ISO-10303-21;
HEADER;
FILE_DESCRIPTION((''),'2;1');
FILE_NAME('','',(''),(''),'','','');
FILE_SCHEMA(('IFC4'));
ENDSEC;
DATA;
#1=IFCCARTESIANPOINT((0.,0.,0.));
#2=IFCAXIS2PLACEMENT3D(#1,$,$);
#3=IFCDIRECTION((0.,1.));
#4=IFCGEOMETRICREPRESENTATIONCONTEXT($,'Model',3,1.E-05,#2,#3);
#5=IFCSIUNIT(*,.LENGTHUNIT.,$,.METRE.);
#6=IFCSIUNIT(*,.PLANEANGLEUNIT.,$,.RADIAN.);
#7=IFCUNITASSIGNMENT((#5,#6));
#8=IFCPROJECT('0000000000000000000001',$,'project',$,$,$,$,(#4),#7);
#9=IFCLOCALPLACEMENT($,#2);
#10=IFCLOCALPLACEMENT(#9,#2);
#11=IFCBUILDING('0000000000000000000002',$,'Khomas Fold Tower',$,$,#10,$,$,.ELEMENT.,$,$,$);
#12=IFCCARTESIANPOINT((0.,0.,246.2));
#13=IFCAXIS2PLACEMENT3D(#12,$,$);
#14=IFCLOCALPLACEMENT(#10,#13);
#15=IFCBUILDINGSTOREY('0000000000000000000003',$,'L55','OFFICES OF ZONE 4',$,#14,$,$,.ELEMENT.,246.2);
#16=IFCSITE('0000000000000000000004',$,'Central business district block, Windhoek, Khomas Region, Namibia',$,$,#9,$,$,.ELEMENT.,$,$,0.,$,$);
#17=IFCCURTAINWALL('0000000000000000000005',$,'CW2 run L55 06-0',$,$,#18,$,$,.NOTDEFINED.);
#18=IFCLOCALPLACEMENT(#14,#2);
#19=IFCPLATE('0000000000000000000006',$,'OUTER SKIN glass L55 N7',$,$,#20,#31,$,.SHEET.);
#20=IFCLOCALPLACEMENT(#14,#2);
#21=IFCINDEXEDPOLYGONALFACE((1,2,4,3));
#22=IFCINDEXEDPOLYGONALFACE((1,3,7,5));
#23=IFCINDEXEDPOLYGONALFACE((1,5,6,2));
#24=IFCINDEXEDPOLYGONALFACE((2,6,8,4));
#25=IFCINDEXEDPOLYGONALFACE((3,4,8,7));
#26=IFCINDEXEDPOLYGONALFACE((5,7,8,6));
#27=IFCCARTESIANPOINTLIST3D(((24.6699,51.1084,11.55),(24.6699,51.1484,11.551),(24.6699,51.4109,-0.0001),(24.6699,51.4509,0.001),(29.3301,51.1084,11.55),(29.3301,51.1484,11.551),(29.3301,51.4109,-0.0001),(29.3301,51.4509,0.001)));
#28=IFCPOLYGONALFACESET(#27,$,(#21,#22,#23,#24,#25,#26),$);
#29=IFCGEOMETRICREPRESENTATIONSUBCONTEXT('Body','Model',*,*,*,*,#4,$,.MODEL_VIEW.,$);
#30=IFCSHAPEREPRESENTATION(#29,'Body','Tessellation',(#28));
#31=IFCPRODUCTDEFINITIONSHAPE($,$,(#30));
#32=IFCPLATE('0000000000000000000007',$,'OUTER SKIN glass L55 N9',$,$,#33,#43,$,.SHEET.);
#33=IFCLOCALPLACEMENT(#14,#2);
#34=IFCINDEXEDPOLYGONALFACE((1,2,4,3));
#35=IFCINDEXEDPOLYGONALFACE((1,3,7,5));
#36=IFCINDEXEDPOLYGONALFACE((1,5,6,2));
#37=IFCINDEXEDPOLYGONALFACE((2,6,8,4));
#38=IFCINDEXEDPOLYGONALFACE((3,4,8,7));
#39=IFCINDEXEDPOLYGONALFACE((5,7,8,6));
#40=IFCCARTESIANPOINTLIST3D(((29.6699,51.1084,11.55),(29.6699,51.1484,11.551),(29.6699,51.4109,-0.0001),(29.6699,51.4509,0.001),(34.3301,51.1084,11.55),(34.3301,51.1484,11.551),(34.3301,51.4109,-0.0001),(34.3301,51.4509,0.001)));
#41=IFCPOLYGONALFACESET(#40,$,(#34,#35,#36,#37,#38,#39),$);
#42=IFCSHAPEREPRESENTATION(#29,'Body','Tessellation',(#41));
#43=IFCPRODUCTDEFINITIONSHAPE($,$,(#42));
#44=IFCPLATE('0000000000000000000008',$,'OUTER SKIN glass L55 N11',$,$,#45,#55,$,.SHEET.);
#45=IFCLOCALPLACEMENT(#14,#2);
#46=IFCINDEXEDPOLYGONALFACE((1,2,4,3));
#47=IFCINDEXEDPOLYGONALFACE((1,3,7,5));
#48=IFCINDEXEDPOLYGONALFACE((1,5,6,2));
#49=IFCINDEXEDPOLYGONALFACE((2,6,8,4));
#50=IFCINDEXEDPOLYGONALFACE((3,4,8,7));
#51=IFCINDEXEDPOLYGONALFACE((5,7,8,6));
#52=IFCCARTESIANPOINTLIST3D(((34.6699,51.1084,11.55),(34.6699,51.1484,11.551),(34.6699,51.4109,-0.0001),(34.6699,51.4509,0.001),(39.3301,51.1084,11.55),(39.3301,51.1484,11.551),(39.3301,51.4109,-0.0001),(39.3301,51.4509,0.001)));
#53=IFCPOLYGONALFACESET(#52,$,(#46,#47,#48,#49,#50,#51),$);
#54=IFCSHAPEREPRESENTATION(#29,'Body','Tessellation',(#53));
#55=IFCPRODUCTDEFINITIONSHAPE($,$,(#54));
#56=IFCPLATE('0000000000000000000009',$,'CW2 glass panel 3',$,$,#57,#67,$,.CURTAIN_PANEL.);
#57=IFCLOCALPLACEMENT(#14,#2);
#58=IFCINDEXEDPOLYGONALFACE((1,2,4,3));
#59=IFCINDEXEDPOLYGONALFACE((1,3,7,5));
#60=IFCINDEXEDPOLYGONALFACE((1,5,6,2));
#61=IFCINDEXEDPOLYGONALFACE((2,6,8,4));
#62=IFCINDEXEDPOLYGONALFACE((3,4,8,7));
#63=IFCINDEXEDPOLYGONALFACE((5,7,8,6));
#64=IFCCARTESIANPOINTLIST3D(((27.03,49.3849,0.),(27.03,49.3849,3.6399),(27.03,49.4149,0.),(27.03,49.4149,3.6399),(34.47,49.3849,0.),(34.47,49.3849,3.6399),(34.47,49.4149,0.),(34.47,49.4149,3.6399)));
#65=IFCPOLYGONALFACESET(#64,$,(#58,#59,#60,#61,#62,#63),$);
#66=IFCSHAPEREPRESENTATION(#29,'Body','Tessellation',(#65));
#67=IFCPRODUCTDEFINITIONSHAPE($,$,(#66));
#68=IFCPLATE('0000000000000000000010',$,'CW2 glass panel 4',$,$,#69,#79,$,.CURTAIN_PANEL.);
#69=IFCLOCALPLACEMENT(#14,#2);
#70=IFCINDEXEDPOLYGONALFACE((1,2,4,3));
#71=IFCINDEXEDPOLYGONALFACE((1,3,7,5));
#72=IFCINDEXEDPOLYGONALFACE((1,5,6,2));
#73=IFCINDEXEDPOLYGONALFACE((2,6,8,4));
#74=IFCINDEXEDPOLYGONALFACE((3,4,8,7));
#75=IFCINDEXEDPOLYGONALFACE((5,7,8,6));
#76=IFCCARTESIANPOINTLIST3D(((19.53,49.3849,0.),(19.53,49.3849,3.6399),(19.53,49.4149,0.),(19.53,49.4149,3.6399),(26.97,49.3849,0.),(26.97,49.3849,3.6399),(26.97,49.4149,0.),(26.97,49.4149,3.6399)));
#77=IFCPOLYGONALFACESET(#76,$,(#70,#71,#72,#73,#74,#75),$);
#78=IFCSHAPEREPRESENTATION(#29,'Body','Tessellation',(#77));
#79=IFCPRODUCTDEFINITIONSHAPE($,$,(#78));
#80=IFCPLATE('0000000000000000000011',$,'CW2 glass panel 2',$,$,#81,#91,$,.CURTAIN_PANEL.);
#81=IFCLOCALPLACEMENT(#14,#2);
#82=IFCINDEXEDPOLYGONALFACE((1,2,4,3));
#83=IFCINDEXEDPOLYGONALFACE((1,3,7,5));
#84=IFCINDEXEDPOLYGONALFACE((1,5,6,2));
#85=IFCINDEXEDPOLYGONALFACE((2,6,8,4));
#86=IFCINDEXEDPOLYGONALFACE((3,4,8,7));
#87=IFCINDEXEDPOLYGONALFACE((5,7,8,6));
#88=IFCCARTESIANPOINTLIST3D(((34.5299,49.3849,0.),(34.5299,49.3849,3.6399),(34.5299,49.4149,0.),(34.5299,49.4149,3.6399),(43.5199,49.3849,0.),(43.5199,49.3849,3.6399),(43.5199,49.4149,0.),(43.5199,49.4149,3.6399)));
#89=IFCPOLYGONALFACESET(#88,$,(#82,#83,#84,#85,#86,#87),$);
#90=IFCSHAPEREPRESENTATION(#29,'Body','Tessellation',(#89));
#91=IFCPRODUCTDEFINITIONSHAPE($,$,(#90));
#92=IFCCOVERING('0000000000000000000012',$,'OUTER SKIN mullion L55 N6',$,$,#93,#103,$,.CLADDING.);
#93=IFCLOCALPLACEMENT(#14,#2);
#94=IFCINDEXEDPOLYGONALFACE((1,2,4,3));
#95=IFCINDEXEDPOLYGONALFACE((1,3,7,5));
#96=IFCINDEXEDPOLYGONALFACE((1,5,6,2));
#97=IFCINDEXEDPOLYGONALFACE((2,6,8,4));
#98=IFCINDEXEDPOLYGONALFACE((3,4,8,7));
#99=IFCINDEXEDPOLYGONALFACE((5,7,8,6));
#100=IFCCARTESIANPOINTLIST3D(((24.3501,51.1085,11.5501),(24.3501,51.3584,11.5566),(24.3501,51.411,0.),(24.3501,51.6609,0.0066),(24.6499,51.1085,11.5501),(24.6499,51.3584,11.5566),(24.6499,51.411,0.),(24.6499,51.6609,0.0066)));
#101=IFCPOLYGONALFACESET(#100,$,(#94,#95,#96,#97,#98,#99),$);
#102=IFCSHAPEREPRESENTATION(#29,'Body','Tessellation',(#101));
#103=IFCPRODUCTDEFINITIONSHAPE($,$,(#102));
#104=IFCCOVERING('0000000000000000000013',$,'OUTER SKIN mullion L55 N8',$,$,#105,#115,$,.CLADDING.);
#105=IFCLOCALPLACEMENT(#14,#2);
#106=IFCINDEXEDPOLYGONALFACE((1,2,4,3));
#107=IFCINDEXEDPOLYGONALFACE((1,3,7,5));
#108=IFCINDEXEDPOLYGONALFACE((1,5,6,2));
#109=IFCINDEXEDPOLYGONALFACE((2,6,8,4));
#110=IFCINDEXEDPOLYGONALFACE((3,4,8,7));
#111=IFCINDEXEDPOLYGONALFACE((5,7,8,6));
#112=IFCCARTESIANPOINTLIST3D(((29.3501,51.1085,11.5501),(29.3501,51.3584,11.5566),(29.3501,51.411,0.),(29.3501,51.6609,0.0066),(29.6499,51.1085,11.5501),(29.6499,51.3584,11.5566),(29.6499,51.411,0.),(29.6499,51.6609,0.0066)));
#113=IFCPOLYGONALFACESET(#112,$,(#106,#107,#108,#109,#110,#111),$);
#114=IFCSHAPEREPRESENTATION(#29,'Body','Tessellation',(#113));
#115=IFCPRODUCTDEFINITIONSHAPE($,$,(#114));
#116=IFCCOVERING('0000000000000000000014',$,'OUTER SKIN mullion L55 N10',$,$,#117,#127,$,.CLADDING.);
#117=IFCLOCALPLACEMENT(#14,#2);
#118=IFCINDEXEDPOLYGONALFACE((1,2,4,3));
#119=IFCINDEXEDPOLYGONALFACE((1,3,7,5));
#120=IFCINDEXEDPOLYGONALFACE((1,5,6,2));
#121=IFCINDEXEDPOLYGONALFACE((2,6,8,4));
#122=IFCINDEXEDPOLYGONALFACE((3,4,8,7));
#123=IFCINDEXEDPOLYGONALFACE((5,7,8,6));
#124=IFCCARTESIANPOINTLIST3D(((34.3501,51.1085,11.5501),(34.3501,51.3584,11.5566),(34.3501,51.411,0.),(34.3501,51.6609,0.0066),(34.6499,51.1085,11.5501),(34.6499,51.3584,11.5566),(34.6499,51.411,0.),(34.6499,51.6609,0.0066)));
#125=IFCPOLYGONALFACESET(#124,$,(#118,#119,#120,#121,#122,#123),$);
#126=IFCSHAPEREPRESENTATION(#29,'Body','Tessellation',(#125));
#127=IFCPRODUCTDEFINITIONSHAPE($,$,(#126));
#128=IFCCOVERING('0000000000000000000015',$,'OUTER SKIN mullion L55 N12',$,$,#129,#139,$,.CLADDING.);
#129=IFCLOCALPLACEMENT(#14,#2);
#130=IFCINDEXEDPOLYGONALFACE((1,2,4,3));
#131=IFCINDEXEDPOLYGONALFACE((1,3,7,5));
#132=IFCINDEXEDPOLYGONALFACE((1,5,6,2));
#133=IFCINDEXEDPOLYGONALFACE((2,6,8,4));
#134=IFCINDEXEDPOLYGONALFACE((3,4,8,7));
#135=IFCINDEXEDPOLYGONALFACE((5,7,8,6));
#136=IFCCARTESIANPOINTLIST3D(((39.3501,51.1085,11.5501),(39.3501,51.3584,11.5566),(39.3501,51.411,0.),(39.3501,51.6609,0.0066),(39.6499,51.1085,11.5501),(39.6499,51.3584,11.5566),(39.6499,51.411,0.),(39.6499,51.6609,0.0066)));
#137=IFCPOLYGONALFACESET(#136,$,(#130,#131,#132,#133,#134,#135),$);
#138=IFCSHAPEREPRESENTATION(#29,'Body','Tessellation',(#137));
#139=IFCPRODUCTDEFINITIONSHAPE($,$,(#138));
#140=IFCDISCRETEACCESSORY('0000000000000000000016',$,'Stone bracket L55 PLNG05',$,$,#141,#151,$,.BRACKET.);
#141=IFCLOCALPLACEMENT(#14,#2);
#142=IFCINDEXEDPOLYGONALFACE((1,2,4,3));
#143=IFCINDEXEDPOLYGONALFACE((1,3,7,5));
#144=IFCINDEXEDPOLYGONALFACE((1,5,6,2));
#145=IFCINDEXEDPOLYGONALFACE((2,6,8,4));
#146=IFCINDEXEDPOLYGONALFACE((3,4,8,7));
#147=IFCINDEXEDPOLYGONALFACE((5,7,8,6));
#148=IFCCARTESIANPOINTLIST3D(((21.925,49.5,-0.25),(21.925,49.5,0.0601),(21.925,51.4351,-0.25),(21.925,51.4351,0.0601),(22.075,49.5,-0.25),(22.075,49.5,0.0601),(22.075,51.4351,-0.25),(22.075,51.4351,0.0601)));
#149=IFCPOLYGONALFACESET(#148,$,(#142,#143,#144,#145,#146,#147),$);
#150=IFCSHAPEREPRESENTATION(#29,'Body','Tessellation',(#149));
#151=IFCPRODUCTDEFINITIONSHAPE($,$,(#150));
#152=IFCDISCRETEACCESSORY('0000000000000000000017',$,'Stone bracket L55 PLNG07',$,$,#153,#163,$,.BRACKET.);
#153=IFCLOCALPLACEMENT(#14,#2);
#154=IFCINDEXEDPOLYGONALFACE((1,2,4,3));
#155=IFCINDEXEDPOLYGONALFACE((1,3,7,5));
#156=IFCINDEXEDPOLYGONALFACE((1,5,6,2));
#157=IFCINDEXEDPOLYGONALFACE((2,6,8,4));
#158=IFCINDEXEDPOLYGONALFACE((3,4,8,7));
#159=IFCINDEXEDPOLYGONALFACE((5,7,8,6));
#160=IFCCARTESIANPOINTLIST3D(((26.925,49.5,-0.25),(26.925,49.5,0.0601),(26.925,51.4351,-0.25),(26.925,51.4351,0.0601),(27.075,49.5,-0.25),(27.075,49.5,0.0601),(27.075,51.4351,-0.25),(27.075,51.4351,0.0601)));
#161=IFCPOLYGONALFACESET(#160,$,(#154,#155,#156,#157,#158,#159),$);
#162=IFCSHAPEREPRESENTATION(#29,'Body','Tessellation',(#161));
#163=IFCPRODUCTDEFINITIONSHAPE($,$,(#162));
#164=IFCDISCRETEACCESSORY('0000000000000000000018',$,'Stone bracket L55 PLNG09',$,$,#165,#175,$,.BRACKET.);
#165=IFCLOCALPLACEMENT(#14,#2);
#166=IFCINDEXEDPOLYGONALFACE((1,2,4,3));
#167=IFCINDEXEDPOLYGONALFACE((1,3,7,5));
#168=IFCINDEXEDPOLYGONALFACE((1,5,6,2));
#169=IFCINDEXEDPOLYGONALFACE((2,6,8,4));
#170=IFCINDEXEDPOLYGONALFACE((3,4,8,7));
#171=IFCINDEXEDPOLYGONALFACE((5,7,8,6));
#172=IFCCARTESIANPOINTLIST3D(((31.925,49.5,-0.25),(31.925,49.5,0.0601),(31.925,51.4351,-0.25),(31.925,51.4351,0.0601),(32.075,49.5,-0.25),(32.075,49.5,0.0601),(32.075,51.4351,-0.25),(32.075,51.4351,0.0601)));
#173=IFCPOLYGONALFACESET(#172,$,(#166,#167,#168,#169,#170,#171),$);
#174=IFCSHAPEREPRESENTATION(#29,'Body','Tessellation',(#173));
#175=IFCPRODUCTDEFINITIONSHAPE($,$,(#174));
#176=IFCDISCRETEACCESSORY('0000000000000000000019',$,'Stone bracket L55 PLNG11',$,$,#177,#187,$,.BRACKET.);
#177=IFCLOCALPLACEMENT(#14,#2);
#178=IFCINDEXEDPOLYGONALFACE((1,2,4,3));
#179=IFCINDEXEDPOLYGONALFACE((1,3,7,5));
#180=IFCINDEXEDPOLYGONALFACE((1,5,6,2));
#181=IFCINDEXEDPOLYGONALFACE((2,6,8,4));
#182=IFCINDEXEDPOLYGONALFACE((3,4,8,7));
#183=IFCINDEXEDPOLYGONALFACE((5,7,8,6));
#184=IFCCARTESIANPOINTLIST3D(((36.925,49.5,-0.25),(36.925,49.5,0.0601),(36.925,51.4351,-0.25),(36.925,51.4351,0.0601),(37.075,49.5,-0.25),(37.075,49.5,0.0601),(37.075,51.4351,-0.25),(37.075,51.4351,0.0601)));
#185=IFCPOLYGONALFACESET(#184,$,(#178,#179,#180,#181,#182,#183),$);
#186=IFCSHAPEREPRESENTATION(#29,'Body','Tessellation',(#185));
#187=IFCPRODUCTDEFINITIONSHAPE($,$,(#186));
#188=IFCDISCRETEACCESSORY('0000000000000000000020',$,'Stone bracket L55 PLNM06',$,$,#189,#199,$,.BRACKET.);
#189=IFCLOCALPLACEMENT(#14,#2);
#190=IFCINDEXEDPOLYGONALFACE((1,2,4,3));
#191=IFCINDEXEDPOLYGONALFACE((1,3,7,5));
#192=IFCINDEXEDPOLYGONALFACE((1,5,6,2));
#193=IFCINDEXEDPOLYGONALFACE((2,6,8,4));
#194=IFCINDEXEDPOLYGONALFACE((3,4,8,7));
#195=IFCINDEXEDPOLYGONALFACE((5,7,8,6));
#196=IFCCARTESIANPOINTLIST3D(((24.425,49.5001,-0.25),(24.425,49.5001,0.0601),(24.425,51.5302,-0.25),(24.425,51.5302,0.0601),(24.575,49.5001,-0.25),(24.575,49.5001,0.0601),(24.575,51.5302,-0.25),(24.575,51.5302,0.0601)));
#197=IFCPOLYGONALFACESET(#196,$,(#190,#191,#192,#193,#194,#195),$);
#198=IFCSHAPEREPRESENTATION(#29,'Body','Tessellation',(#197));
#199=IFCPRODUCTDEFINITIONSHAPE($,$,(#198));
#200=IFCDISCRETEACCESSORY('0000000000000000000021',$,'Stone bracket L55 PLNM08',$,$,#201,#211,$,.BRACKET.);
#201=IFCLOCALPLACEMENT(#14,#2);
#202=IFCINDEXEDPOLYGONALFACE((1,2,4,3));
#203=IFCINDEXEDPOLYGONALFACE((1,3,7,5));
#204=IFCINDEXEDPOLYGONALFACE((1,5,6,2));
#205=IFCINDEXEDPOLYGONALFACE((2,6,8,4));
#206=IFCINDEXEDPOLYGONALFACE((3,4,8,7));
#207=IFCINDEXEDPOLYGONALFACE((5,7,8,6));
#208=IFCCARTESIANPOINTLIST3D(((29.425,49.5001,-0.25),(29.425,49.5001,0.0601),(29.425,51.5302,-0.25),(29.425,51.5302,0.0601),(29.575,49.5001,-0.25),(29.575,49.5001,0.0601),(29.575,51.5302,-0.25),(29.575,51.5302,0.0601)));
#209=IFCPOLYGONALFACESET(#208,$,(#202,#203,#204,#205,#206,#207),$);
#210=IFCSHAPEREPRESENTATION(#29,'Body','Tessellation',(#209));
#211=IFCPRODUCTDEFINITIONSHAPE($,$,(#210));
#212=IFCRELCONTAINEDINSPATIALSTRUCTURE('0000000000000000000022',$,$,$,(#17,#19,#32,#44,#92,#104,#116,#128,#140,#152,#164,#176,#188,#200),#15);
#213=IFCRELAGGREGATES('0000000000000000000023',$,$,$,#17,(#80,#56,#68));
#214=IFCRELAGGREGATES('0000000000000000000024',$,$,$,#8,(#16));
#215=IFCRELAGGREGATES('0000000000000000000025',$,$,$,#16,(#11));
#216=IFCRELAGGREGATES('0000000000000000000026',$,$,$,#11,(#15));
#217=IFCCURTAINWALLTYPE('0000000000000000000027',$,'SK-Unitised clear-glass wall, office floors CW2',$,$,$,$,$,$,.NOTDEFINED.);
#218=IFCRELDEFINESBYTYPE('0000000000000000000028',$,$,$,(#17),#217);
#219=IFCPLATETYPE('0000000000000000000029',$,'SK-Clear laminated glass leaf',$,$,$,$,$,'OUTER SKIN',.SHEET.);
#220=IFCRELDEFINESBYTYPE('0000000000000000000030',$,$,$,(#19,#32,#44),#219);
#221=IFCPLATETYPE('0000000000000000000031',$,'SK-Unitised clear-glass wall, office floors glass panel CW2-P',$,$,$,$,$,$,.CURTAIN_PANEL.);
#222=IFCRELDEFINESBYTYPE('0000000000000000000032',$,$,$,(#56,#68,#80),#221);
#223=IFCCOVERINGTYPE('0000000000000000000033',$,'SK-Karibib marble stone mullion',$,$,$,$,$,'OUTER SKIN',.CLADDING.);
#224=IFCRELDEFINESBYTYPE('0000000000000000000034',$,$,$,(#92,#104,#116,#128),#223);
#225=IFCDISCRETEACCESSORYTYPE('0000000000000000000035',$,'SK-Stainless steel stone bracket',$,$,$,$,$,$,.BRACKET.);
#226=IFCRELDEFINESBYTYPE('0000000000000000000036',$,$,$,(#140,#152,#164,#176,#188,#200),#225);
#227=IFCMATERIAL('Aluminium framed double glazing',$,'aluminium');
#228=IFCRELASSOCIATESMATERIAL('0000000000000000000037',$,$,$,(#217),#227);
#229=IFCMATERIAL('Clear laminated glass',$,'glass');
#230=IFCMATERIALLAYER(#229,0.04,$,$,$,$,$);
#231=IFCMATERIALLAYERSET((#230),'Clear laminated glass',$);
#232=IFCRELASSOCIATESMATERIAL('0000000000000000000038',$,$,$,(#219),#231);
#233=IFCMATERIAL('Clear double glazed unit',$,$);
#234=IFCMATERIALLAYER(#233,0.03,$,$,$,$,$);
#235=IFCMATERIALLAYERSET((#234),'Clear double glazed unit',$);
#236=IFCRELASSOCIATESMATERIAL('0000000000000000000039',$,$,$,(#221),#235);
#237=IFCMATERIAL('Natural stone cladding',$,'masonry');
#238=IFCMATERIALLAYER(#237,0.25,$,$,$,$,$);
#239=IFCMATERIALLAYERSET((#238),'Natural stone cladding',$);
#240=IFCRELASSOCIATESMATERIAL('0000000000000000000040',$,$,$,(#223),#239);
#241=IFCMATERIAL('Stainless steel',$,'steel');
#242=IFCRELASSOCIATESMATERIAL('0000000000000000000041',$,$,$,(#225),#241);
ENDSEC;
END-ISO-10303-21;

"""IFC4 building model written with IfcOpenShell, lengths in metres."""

from ifc_helpers import new_model, si_unit, direction, frame, origin, origin_2d, place, context, subcontext, project, spatial, polyline, rectangle, outline, extrude, source, transform, mapped, material, layer, layer_set, type_object, element, aggregate, save


model = new_model("IFC4")

# Units and contexts
model_context = context("Model", 3, precision=1e-05, world=origin(), true_north=direction((0.0, 1.0)))
body_context = subcontext(model_context, "Body", "Model", "MODEL_VIEW")
ifc_project = project(units=[si_unit("LENGTHUNIT", "METRE"), si_unit("PLANEANGLEUNIT", "RADIAN")], contexts=[model_context])

# Site, building, storey
site_placement = place(None, origin())
site = spatial("IfcSite", under=ifc_project, at=site_placement, Name="Central business district block, Windhoek, Khomas Region, Namibia", CompositionType="ELEMENT", RefElevation=0.0)
building_placement = place(site_placement, origin())
building = spatial("IfcBuilding", under=site, at=building_placement, Name="Khomas Fold Tower", CompositionType="ELEMENT")
storey_placement = place(building_placement, frame((0.0, 0.0, 246.2)))
storey = spatial("IfcBuildingStorey", under=building, at=storey_placement, Name="L55", Description="OFFICES OF ZONE 4", CompositionType="ELEMENT", Elevation=246.2)

# Curtain wall
ifc_material_1 = material(Name="Aluminium framed double glazing", Category="aluminium")
curtain_wall_type = type_object("IfcCurtainWallType", Name="SK-Unitised clear-glass wall, office floors CW2", PredefinedType="NOTDEFINED", material=ifc_material_1)
curtain_wall_placement = place(storey_placement, origin())
curtain_wall = element("IfcCurtainWall", 1, at=curtain_wall_placement, inside=storey, type_object=curtain_wall_type, Name="CW2 run L55 06-0", PredefinedType="NOTDEFINED")

# Plates
ifc_material_2 = material(Name="Clear laminated glass", Category="glass")
ifc_layer_1 = layer(ifc_material_2, 0.04)
ifc_layer_set_1 = layer_set([ifc_layer_1], Name="Clear laminated glass")
plate_type_1 = type_object("IfcPlateType", Name="SK-Clear laminated glass leaf", ElementType="OUTER SKIN", PredefinedType="SHEET", material=ifc_layer_set_1)
for number, where, z_axis, x_axis, name in (
    (2, (24.6699, 51.4509, 0.001), (0.0, 0.999657, 0.026181), (1.0, 0.0, 0.0), "OUTER SKIN glass L55 N7"),
    (3, (29.6699, 51.4509, 0.001), (0.0, 0.999657, 0.026181), (1.0, 0.0, 0.0), "OUTER SKIN glass L55 N9"),
    (4, (34.6699, 51.4509, 0.001), (0.0, 0.999657, 0.026181), (1.0, 0.0, 0.0), "OUTER SKIN glass L55 N11"),
):
    element("IfcPlate", number, at=place(storey_placement, frame(where, z_axis=z_axis, x_axis=x_axis)), inside=storey, type_object=plate_type_1, Name=name, PredefinedType="SHEET", context=body_context, shape_type="SweptSolid", body=[
        extrude(outline(polyline([(0.0, 0.0), (4.6602, 0.0), (4.6602, -11.554), (0.0, -11.554), (0.0, 0.0)])), origin(), (0.0, 0.0, -1.0), 0.04),
    ])

# Plates
ifc_material_3 = material(Name="Clear double glazed unit")
ifc_layer_2 = layer(ifc_material_3, 0.03)
ifc_layer_set_2 = layer_set([ifc_layer_2], Name="Clear double glazed unit")
plate_type_2 = type_object("IfcPlateType", Name="SK-Unitised clear-glass wall, office floors glass panel CW2-P", PredefinedType="CURTAIN_PANEL", material=ifc_layer_set_2)
shared_shape_1 = source(origin(), body_context, "Body", "SweptSolid", [
    extrude(rectangle(XDim=7.4399, YDim=0.03, at=origin_2d()), origin(), (0.0, 0.0, 1.0), 3.6399),
])
plate_1_placement = place(storey_placement, frame((30.75, 49.3999, 0.0), z_axis=(0.0, 0.0, 1.0), x_axis=(-1.0, 0.0, 0.0)))
plate_1 = element("IfcPlate", 5, at=plate_1_placement, type_object=plate_type_2, Name="CW2 glass panel 3", PredefinedType="CURTAIN_PANEL", context=body_context, shape_type="MappedRepresentation", body=[
    mapped(shared_shape_1, transform((0.0, 0.0, 0.0))),
])
plate_2_placement = place(storey_placement, frame((23.25, 49.3999, 0.0), z_axis=(0.0, 0.0, 1.0), x_axis=(-1.0, 0.0, 0.0)))
plate_2 = element("IfcPlate", 6, at=plate_2_placement, type_object=plate_type_2, Name="CW2 glass panel 4", PredefinedType="CURTAIN_PANEL", context=body_context, shape_type="MappedRepresentation", body=[
    mapped(shared_shape_1, transform((0.0, 0.0, 0.0))),
])
shared_shape_2 = source(origin(), body_context, "Body", "SweptSolid", [
    extrude(rectangle(XDim=8.99, YDim=0.03, at=origin_2d()), origin(), (0.0, 0.0, 1.0), 3.6399),
])
plate_3_placement = place(storey_placement, frame((39.0249, 49.3999, 0.0), z_axis=(0.0, 0.0, 1.0), x_axis=(-1.0, 0.0, 0.0)))
plate_3 = element("IfcPlate", 7, at=plate_3_placement, type_object=plate_type_2, Name="CW2 glass panel 2", PredefinedType="CURTAIN_PANEL", context=body_context, shape_type="MappedRepresentation", body=[
    mapped(shared_shape_2, transform((0.0, 0.0, 0.0))),
])
aggregate(curtain_wall, [plate_3, plate_1, plate_2])

# Coverings
ifc_material_4 = material(Name="Natural stone cladding", Category="masonry")
ifc_layer_3 = layer(ifc_material_4, 0.25)
ifc_layer_set_3 = layer_set([ifc_layer_3], Name="Natural stone cladding")
covering_type = type_object("IfcCoveringType", Name="SK-Karibib marble stone mullion", ElementType="OUTER SKIN", PredefinedType="CLADDING", material=ifc_layer_set_3)
for number, where, z_axis, x_axis, name in (
    (8, (24.3501, 51.6609, 0.0066), (0.0, 0.999657, 0.026181), (1.0, 0.0, 0.0), "OUTER SKIN mullion L55 N6"),
    (9, (29.3501, 51.6609, 0.0066), (0.0, 0.999657, 0.026181), (1.0, 0.0, 0.0), "OUTER SKIN mullion L55 N8"),
    (10, (34.3501, 51.6609, 0.0066), (0.0, 0.999657, 0.026181), (1.0, 0.0, 0.0), "OUTER SKIN mullion L55 N10"),
    (11, (39.3501, 51.6609, 0.0066), (0.0, 0.999657, 0.026181), (1.0, 0.0, 0.0), "OUTER SKIN mullion L55 N12"),
):
    element("IfcCovering", number, at=place(storey_placement, frame(where, z_axis=z_axis, x_axis=x_axis)), inside=storey, type_object=covering_type, Name=name, PredefinedType="CLADDING", context=body_context, shape_type="SweptSolid", body=[
        extrude(outline(polyline([(0.0, 0.0), (0.2998, 0.0), (0.2998, -11.554), (0.0, -11.554), (0.0, 0.0)])), origin(), (0.0, 0.0, -1.0), 0.25),
    ])

# Discrete accessories
ifc_material_5 = material(Name="Stainless steel", Category="steel")
discrete_accessory_type = type_object("IfcDiscreteAccessoryType", Name="SK-Stainless steel stone bracket", PredefinedType="BRACKET", material=ifc_material_5)
shared_shape_3 = source(origin(), body_context, "Body", "SweptSolid", [
    extrude(rectangle(XDim=1.9351, YDim=0.1499, at=origin_2d()), origin(), (0.0, 0.0, 1.0), 0.3101),
])
for number, where, z_axis, x_axis, name in (
    (12, (22.0, 50.4675, -0.25), (0.0, 0.0, 1.0), (0.0, 1.0, 0.0), "Stone bracket L55 PLNG05"),
    (13, (27.0, 50.4675, -0.25), (0.0, 0.0, 1.0), (0.0, 1.0, 0.0), "Stone bracket L55 PLNG07"),
    (14, (32.0, 50.4675, -0.25), (0.0, 0.0, 1.0), (0.0, 1.0, 0.0), "Stone bracket L55 PLNG09"),
    (15, (37.0, 50.4675, -0.25), (0.0, 0.0, 1.0), (0.0, 1.0, 0.0), "Stone bracket L55 PLNG11"),
):
    element("IfcDiscreteAccessory", number, at=place(storey_placement, frame(where, z_axis=z_axis, x_axis=x_axis)), inside=storey, type_object=discrete_accessory_type, Name=name, PredefinedType="BRACKET", context=body_context, shape_type="MappedRepresentation", body=[
        mapped(shared_shape_3, transform((0.0, 0.0, 0.0))),
    ])
shared_shape_4 = source(origin(), body_context, "Body", "SweptSolid", [
    extrude(rectangle(XDim=2.03, YDim=0.1499, at=origin_2d()), origin(), (0.0, 0.0, 1.0), 0.3101),
])
for number, where, z_axis, x_axis, name in (
    (16, (24.5, 50.5151, -0.25), (0.0, 0.0, 1.0), (0.0, 1.0, 0.0), "Stone bracket L55 PLNM06"),
    (17, (29.5, 50.5151, -0.25), (0.0, 0.0, 1.0), (0.0, 1.0, 0.0), "Stone bracket L55 PLNM08"),
):
    element("IfcDiscreteAccessory", number, at=place(storey_placement, frame(where, z_axis=z_axis, x_axis=x_axis)), inside=storey, type_object=discrete_accessory_type, Name=name, PredefinedType="BRACKET", context=body_context, shape_type="MappedRepresentation", body=[
        mapped(shared_shape_4, transform((0.0, 0.0, 0.0))),
    ])

save(model, "model.ifc")
